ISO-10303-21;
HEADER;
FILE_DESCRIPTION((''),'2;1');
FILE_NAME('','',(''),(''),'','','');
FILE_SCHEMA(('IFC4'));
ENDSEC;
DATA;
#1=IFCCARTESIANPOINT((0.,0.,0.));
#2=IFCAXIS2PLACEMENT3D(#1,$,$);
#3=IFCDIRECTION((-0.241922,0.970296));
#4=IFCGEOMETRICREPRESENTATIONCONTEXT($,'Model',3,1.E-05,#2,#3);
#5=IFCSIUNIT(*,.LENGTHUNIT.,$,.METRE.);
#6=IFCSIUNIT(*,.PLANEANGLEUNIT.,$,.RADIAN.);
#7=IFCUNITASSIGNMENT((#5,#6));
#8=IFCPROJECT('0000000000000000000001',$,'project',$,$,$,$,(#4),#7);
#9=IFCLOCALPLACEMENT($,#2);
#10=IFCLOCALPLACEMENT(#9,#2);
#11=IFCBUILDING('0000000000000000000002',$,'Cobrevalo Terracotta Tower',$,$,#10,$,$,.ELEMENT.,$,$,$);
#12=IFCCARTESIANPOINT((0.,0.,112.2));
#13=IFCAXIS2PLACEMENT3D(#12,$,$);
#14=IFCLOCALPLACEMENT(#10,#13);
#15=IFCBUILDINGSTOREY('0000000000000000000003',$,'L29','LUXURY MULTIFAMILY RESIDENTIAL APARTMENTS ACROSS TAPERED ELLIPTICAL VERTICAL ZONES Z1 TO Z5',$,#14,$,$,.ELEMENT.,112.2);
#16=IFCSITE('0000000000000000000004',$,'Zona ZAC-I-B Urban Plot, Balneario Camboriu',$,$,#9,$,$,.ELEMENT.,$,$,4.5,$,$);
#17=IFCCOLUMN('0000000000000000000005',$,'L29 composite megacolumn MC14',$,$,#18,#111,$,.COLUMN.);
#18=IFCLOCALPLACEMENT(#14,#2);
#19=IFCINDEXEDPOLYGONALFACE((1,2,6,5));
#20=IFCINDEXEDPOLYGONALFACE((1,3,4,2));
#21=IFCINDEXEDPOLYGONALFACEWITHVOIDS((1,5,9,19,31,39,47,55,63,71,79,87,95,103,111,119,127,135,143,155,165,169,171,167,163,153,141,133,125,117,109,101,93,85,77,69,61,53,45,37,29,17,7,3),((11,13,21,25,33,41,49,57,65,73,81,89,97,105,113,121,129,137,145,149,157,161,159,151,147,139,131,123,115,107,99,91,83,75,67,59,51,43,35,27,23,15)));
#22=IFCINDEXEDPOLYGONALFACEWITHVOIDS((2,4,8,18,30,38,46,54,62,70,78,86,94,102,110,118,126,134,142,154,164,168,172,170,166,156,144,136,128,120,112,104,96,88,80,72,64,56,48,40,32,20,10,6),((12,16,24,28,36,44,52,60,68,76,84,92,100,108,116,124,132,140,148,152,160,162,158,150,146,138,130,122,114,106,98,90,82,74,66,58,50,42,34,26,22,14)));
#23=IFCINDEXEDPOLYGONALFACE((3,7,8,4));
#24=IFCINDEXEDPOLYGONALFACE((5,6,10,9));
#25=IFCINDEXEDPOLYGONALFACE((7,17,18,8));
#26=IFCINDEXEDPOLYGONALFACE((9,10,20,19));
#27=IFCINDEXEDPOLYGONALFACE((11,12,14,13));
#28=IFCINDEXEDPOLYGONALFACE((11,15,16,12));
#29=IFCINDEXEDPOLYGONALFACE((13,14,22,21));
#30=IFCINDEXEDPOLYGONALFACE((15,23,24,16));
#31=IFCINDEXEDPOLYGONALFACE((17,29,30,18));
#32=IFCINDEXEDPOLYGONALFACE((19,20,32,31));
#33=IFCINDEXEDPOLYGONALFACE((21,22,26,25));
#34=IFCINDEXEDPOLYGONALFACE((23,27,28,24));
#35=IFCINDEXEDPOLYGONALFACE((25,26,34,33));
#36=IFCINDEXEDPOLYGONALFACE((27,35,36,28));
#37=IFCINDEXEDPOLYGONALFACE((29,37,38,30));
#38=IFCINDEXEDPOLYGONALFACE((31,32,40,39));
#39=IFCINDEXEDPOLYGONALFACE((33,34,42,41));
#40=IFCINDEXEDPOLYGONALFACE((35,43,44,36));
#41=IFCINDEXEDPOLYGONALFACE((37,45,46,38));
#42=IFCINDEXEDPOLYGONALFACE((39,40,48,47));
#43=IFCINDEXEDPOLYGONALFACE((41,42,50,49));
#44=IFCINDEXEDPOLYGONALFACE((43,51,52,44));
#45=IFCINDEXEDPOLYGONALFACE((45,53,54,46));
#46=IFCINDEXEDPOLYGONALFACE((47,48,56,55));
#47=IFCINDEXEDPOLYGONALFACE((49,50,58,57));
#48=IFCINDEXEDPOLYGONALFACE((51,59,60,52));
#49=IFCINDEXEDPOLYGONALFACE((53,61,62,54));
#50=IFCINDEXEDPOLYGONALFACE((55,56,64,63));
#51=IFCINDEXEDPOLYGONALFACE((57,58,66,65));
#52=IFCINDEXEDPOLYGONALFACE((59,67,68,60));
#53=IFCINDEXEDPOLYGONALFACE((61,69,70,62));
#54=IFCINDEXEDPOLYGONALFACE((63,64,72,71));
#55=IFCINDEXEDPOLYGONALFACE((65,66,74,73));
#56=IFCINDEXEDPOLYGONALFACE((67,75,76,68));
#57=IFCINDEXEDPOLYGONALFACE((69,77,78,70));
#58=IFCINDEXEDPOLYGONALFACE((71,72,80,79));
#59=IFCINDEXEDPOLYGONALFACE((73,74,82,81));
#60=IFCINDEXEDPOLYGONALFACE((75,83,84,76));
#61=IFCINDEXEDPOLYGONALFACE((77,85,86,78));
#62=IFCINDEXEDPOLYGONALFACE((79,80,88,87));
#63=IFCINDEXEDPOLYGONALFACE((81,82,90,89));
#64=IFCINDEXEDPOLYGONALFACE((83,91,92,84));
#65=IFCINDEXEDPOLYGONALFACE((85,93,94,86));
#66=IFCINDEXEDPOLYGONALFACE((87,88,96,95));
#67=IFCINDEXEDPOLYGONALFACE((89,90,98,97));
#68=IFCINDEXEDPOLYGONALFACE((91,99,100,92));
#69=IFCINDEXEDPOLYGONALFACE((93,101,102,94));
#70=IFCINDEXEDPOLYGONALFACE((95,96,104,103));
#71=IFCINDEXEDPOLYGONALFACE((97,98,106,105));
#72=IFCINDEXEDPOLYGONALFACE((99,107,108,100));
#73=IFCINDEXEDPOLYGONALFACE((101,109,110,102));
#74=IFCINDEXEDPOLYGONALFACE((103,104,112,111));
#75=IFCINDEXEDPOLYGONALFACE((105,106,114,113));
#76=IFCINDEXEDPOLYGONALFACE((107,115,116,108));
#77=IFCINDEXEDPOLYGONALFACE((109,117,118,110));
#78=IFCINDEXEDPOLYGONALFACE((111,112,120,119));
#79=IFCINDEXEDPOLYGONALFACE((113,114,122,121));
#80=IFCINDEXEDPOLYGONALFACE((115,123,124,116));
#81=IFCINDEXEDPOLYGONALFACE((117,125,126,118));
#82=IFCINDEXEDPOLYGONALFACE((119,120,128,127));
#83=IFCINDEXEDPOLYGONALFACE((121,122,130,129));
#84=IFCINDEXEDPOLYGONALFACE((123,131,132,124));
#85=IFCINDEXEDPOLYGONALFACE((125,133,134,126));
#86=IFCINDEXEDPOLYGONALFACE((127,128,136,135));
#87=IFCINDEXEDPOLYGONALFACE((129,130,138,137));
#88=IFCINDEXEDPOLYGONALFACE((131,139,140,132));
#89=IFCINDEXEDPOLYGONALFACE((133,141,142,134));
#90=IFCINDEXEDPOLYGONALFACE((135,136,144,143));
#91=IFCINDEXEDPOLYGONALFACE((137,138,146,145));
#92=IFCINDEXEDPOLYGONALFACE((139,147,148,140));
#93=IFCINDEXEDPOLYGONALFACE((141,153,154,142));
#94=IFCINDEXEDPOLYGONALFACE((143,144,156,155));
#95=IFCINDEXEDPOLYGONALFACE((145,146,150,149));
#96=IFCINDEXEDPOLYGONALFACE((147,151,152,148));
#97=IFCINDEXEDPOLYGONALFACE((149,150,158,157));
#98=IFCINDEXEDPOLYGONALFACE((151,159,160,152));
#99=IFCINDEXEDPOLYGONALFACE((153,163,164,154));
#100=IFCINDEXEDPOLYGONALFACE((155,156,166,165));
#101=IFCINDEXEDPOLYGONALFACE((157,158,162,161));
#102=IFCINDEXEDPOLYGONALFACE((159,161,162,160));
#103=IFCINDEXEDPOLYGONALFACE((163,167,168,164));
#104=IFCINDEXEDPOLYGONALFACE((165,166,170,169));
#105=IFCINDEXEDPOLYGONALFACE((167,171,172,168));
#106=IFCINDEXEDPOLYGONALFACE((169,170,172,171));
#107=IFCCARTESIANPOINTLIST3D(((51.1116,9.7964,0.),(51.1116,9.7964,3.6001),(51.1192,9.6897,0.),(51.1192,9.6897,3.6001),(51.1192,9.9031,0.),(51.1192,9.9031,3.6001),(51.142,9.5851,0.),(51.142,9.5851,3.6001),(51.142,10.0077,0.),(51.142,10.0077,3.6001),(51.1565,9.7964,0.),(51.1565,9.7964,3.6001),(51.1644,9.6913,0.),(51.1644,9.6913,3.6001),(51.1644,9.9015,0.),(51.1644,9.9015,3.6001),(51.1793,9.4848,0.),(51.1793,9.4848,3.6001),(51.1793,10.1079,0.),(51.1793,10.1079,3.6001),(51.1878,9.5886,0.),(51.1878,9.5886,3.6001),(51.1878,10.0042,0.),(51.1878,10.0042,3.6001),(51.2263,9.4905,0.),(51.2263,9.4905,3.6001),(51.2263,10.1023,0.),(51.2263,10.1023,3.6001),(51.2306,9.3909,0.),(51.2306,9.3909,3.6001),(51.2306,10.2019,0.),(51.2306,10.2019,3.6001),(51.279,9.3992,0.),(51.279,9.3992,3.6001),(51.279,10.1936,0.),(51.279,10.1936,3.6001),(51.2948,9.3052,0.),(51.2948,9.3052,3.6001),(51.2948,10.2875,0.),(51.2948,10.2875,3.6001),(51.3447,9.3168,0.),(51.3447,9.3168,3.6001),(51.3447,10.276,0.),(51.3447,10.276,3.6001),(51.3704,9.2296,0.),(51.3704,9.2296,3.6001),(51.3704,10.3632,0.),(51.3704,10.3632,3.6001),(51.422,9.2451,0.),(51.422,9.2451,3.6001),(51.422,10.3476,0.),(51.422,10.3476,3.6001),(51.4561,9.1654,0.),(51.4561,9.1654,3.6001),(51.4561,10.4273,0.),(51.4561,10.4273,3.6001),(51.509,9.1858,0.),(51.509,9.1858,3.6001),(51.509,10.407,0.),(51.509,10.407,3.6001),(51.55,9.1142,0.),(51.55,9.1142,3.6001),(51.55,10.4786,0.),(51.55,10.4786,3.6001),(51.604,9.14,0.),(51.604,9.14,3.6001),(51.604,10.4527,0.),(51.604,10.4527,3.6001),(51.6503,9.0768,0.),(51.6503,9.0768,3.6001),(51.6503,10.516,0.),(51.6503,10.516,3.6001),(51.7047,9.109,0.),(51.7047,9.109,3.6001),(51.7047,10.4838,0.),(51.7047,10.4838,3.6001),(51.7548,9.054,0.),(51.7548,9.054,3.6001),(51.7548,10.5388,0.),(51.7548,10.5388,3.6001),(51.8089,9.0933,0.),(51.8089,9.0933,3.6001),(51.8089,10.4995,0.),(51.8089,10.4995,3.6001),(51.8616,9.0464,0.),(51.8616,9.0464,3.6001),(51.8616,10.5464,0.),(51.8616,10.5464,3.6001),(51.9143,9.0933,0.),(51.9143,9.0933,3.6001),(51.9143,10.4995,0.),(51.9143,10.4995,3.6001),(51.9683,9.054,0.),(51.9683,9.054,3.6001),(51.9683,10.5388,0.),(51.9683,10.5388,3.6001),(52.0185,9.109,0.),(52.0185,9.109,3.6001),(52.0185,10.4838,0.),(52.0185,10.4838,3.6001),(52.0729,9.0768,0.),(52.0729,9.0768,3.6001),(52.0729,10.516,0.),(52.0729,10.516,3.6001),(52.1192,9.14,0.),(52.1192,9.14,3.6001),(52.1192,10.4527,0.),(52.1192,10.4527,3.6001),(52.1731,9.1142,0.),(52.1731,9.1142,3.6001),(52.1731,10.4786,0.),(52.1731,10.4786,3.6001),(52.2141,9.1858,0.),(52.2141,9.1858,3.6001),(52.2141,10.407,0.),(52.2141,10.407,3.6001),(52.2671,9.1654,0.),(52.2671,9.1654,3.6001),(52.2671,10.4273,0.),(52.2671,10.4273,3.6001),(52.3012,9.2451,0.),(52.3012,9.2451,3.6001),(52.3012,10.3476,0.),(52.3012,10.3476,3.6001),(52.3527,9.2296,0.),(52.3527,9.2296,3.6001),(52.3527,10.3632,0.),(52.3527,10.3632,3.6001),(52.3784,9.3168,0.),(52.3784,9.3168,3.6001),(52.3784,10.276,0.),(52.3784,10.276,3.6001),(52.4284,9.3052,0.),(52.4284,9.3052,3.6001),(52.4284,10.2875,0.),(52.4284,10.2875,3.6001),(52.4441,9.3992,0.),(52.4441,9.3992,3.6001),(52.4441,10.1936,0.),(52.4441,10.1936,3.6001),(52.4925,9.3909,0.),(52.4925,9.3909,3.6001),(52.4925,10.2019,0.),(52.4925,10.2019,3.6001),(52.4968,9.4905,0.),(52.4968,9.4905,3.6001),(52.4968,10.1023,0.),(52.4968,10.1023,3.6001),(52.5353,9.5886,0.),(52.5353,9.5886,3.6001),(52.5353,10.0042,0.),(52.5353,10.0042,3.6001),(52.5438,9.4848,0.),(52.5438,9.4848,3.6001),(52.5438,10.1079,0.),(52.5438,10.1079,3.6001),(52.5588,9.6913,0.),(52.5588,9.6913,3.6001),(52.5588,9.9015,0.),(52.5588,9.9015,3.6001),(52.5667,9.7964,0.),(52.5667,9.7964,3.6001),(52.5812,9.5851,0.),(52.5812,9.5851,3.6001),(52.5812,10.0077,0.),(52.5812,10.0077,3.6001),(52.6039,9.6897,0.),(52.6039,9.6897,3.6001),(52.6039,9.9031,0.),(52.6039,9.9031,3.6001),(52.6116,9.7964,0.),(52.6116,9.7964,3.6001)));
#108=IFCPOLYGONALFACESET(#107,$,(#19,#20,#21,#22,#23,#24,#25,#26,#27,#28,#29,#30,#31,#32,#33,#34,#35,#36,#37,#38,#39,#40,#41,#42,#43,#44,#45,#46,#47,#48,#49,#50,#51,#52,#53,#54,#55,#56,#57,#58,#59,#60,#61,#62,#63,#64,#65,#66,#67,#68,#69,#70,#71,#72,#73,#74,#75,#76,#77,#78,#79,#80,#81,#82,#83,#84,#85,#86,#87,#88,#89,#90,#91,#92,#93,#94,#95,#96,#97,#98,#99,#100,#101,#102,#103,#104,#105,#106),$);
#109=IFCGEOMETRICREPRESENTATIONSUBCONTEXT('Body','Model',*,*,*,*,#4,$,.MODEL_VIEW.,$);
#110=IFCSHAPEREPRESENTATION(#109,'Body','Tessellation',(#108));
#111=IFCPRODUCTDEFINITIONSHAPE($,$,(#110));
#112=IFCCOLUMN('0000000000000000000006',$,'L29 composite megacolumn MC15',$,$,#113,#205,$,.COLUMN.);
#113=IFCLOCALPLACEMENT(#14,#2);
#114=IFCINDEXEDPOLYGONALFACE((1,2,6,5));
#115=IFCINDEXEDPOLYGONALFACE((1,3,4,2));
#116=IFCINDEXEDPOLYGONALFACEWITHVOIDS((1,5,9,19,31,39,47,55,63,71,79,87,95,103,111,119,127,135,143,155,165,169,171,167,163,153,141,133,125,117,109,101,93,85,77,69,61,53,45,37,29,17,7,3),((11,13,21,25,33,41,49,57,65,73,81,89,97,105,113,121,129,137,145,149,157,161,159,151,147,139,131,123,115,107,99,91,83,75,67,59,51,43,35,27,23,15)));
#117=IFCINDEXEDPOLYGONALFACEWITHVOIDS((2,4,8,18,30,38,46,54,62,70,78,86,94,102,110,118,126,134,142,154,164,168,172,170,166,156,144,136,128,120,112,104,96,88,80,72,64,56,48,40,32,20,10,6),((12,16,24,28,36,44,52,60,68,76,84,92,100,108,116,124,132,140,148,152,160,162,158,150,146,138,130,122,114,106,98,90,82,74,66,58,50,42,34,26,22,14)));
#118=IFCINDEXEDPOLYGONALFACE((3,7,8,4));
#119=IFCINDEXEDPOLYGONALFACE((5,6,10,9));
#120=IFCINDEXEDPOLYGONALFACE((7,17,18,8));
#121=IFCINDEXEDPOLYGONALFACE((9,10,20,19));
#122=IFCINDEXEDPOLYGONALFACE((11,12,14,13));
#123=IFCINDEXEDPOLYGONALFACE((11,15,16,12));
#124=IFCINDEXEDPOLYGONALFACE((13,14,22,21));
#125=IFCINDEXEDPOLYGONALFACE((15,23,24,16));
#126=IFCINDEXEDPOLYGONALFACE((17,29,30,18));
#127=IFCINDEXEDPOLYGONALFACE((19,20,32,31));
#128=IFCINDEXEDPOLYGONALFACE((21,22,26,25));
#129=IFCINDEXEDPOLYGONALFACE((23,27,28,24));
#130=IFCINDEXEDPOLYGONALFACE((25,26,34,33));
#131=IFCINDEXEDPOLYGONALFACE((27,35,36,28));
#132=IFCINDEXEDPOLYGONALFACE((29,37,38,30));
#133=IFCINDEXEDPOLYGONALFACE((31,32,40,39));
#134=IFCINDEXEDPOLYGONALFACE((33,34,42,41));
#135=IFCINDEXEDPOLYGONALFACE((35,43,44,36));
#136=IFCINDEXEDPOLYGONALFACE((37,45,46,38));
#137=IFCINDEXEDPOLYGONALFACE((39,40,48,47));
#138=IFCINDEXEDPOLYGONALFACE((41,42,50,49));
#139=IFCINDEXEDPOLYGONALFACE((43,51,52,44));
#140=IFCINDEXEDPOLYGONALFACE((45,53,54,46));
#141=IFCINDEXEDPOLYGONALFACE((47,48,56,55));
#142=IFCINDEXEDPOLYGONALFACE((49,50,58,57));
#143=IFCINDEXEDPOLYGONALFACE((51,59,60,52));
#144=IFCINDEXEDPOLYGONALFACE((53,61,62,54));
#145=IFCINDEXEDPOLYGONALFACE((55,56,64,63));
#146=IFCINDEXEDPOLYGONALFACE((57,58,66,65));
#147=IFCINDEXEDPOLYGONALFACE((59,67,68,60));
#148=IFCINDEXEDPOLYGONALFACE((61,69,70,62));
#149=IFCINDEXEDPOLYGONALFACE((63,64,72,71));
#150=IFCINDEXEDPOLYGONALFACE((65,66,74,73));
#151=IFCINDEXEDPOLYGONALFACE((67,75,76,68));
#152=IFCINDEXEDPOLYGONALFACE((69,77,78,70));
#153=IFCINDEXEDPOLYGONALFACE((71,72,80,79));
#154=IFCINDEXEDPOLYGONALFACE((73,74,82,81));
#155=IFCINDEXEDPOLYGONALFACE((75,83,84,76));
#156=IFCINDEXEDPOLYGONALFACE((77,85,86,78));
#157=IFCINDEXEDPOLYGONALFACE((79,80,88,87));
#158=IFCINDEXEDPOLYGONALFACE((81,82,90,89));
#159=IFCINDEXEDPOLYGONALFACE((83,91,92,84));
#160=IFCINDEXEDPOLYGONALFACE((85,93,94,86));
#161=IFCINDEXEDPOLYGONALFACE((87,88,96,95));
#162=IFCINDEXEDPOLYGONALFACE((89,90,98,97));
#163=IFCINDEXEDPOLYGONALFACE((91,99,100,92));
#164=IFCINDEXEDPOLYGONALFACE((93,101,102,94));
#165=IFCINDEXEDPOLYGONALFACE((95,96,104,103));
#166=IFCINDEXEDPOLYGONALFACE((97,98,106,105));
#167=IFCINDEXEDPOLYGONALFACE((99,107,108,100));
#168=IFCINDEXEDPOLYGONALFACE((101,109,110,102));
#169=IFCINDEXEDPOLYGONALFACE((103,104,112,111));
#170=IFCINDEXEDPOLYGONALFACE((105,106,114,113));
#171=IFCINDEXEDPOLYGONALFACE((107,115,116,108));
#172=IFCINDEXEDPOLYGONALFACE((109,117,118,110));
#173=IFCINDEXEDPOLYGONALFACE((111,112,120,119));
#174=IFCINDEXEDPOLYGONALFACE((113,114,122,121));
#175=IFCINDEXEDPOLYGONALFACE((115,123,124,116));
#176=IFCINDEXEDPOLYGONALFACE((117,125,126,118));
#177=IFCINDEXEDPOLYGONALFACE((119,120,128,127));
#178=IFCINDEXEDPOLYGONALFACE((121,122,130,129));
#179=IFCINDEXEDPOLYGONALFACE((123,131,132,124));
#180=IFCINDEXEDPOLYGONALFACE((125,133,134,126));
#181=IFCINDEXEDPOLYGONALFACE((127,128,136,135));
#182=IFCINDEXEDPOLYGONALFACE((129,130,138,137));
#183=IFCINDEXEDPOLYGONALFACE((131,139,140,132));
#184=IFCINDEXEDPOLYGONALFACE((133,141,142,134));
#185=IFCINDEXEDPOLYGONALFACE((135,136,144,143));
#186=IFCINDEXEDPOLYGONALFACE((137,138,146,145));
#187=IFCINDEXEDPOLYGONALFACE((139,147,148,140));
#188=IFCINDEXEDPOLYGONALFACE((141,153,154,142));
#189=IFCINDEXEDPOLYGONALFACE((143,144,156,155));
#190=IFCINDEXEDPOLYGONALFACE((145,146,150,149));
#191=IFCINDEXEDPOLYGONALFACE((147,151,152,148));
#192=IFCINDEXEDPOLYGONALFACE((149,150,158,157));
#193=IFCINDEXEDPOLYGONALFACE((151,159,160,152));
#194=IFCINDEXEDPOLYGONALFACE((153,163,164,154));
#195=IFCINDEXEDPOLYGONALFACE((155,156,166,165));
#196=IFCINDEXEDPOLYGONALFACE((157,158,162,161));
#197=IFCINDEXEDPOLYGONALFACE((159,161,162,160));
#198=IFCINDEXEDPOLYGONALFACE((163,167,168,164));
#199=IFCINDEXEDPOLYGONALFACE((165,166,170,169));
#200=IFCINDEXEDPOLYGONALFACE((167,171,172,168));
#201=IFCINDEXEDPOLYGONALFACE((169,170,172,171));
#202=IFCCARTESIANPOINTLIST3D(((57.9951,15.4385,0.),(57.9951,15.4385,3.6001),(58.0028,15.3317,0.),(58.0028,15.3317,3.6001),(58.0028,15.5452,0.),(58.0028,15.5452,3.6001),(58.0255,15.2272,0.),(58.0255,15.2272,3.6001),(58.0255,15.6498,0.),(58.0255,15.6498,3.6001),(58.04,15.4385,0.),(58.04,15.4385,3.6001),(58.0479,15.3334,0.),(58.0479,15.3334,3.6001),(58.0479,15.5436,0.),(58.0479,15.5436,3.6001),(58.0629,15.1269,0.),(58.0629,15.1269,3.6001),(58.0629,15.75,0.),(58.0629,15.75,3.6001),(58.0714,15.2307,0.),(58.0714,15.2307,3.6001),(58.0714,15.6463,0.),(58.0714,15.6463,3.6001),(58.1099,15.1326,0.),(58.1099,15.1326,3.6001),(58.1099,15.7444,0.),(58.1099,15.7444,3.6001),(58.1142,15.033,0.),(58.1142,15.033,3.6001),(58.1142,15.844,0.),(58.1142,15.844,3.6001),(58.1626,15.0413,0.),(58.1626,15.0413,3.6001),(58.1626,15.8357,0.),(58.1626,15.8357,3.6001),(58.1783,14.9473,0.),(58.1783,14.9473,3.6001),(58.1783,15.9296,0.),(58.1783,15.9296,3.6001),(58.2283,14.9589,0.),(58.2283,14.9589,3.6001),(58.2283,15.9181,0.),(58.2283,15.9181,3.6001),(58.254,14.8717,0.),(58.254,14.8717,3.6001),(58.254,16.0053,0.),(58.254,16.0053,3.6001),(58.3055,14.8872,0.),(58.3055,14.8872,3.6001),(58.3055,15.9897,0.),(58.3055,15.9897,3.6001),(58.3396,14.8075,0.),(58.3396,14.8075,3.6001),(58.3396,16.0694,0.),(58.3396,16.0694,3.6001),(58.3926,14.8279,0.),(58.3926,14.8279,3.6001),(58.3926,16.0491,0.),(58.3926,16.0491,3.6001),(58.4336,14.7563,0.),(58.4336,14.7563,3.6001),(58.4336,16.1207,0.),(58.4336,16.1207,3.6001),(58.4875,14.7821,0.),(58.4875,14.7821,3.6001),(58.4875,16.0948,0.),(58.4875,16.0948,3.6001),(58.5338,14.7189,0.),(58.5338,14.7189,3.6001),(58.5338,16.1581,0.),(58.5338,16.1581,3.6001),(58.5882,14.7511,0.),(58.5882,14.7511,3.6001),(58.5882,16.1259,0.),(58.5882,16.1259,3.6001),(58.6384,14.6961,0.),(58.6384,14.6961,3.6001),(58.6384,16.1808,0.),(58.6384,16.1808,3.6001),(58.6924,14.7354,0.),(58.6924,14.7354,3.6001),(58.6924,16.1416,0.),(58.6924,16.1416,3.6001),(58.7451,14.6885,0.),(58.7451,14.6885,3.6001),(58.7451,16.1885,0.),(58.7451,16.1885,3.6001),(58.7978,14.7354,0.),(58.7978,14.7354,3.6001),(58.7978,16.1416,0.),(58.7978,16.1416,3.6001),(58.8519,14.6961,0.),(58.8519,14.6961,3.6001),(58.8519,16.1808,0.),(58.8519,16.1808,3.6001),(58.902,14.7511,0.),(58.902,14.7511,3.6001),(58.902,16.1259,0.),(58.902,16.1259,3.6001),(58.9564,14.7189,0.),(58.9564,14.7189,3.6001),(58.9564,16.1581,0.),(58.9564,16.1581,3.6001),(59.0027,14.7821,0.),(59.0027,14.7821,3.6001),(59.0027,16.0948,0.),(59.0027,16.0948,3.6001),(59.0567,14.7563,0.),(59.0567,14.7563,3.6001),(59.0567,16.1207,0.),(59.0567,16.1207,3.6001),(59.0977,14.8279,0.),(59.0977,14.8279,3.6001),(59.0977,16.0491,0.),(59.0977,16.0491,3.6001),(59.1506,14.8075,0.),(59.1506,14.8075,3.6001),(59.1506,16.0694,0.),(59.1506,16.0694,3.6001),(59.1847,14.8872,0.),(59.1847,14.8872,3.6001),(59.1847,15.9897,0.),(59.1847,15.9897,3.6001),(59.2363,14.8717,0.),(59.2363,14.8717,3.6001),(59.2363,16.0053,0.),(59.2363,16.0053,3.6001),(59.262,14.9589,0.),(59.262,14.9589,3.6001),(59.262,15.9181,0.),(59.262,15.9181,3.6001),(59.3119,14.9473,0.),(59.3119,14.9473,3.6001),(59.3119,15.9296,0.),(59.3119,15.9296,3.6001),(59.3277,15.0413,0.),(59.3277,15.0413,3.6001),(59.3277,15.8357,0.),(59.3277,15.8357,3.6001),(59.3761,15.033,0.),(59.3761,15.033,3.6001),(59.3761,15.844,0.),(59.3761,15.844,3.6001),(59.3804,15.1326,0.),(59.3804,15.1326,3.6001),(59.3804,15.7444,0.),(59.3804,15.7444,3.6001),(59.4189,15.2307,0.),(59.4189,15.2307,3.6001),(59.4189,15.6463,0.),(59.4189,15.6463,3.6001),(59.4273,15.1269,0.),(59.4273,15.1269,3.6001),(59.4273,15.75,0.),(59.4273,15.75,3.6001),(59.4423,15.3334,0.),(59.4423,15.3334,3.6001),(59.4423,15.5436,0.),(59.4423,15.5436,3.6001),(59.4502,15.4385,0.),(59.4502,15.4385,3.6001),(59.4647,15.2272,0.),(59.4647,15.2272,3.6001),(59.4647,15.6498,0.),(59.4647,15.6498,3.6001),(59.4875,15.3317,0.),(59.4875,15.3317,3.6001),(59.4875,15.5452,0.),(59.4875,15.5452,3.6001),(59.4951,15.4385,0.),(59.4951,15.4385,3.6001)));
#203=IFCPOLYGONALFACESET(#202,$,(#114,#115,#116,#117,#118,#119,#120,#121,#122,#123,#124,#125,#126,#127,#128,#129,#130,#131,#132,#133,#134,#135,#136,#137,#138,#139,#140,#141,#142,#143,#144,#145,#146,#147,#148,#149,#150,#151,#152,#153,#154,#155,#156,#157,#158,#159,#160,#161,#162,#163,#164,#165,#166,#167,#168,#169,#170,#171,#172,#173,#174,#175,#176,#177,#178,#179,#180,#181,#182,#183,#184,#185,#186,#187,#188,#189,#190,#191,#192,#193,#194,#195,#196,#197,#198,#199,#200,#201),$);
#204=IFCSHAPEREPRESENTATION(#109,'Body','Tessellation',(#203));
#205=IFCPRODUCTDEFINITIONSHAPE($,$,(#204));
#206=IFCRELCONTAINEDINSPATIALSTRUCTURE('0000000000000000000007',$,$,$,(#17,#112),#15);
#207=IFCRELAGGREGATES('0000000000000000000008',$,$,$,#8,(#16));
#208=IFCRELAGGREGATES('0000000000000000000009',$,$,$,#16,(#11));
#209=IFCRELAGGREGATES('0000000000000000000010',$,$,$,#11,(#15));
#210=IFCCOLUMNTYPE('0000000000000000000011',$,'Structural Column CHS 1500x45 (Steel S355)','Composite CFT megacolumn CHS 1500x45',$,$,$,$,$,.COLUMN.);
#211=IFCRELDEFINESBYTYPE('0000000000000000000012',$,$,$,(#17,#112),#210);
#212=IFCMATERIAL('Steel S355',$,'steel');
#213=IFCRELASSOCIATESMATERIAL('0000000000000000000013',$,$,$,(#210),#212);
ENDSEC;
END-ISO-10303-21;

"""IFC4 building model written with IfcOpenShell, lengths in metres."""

from ifc_helpers import new_model, si_unit, direction, frame, origin, origin_2d, place, context, subcontext, project, spatial, hollow_circle, extrude, material, material_profile, profile_set, type_object, element, save


model = new_model("IFC4")

# Units and contexts
model_context = context("Model", 3, precision=1e-05, world=origin(), true_north=direction((-0.241922, 0.970296)))
body_context = subcontext(model_context, "Body", "Model", "MODEL_VIEW")
ifc_project = project(units=[si_unit("LENGTHUNIT", "METRE"), si_unit("PLANEANGLEUNIT", "RADIAN")], contexts=[model_context])

# Site, building, storey
site_placement = place(None, origin())
site = spatial("IfcSite", under=ifc_project, at=site_placement, Name="Zona ZAC-I-B Urban Plot, Balneario Camboriu", CompositionType="ELEMENT", RefElevation=4.5)
building_placement = place(site_placement, origin())
building = spatial("IfcBuilding", under=site, at=building_placement, Name="Cobrevalo Terracotta Tower", CompositionType="ELEMENT")
storey_placement = place(building_placement, frame((0.0, 0.0, 112.2)))
storey = spatial("IfcBuildingStorey", under=building, at=storey_placement, Name="L29", Description="LUXURY MULTIFAMILY RESIDENTIAL APARTMENTS ACROSS TAPERED ELLIPTICAL VERTICAL ZONES Z1 TO Z5", CompositionType="ELEMENT", Elevation=112.2)

# Columns
ifc_material_1 = material(Name="Steel S355", Category="steel")
ifc_material_profile_1 = material_profile(ifc_material_1, hollow_circle(Radius=0.75, WallThickness=0.0449, at=origin_2d()), Name="CHS 1500x45")
ifc_profile_set_1 = profile_set([ifc_material_profile_1], Name="Steel S355")
column_type = type_object("IfcColumnType", Name="Structural Column CHS 1500x45 (Steel S355)", Description="Composite CFT megacolumn CHS 1500x45", PredefinedType="COLUMN", material=ifc_profile_set_1)
for number, where, z_axis, x_axis, name in (
    (1, (51.8616, 9.7964, 0.0), (0.0, 0.0, 1.0), (1.0, 0.0, 0.0), "L29 composite megacolumn MC14"),
    (2, (58.7451, 15.4385, 0.0), (0.0, 0.0, 1.0), (1.0, 0.0, 0.0), "L29 composite megacolumn MC15"),
):
    element("IfcColumn", number, at=place(storey_placement, frame(where, z_axis=z_axis, x_axis=x_axis)), inside=storey, type_object=column_type, Name=name, PredefinedType="COLUMN", context=body_context, shape_type="SweptSolid", body=[
        extrude(hollow_circle(Radius=0.75, WallThickness=0.0449, at=origin_2d()), origin(), (0.0, 0.0, 1.0), 3.6001),
    ])

save(model, "model.ifc")
